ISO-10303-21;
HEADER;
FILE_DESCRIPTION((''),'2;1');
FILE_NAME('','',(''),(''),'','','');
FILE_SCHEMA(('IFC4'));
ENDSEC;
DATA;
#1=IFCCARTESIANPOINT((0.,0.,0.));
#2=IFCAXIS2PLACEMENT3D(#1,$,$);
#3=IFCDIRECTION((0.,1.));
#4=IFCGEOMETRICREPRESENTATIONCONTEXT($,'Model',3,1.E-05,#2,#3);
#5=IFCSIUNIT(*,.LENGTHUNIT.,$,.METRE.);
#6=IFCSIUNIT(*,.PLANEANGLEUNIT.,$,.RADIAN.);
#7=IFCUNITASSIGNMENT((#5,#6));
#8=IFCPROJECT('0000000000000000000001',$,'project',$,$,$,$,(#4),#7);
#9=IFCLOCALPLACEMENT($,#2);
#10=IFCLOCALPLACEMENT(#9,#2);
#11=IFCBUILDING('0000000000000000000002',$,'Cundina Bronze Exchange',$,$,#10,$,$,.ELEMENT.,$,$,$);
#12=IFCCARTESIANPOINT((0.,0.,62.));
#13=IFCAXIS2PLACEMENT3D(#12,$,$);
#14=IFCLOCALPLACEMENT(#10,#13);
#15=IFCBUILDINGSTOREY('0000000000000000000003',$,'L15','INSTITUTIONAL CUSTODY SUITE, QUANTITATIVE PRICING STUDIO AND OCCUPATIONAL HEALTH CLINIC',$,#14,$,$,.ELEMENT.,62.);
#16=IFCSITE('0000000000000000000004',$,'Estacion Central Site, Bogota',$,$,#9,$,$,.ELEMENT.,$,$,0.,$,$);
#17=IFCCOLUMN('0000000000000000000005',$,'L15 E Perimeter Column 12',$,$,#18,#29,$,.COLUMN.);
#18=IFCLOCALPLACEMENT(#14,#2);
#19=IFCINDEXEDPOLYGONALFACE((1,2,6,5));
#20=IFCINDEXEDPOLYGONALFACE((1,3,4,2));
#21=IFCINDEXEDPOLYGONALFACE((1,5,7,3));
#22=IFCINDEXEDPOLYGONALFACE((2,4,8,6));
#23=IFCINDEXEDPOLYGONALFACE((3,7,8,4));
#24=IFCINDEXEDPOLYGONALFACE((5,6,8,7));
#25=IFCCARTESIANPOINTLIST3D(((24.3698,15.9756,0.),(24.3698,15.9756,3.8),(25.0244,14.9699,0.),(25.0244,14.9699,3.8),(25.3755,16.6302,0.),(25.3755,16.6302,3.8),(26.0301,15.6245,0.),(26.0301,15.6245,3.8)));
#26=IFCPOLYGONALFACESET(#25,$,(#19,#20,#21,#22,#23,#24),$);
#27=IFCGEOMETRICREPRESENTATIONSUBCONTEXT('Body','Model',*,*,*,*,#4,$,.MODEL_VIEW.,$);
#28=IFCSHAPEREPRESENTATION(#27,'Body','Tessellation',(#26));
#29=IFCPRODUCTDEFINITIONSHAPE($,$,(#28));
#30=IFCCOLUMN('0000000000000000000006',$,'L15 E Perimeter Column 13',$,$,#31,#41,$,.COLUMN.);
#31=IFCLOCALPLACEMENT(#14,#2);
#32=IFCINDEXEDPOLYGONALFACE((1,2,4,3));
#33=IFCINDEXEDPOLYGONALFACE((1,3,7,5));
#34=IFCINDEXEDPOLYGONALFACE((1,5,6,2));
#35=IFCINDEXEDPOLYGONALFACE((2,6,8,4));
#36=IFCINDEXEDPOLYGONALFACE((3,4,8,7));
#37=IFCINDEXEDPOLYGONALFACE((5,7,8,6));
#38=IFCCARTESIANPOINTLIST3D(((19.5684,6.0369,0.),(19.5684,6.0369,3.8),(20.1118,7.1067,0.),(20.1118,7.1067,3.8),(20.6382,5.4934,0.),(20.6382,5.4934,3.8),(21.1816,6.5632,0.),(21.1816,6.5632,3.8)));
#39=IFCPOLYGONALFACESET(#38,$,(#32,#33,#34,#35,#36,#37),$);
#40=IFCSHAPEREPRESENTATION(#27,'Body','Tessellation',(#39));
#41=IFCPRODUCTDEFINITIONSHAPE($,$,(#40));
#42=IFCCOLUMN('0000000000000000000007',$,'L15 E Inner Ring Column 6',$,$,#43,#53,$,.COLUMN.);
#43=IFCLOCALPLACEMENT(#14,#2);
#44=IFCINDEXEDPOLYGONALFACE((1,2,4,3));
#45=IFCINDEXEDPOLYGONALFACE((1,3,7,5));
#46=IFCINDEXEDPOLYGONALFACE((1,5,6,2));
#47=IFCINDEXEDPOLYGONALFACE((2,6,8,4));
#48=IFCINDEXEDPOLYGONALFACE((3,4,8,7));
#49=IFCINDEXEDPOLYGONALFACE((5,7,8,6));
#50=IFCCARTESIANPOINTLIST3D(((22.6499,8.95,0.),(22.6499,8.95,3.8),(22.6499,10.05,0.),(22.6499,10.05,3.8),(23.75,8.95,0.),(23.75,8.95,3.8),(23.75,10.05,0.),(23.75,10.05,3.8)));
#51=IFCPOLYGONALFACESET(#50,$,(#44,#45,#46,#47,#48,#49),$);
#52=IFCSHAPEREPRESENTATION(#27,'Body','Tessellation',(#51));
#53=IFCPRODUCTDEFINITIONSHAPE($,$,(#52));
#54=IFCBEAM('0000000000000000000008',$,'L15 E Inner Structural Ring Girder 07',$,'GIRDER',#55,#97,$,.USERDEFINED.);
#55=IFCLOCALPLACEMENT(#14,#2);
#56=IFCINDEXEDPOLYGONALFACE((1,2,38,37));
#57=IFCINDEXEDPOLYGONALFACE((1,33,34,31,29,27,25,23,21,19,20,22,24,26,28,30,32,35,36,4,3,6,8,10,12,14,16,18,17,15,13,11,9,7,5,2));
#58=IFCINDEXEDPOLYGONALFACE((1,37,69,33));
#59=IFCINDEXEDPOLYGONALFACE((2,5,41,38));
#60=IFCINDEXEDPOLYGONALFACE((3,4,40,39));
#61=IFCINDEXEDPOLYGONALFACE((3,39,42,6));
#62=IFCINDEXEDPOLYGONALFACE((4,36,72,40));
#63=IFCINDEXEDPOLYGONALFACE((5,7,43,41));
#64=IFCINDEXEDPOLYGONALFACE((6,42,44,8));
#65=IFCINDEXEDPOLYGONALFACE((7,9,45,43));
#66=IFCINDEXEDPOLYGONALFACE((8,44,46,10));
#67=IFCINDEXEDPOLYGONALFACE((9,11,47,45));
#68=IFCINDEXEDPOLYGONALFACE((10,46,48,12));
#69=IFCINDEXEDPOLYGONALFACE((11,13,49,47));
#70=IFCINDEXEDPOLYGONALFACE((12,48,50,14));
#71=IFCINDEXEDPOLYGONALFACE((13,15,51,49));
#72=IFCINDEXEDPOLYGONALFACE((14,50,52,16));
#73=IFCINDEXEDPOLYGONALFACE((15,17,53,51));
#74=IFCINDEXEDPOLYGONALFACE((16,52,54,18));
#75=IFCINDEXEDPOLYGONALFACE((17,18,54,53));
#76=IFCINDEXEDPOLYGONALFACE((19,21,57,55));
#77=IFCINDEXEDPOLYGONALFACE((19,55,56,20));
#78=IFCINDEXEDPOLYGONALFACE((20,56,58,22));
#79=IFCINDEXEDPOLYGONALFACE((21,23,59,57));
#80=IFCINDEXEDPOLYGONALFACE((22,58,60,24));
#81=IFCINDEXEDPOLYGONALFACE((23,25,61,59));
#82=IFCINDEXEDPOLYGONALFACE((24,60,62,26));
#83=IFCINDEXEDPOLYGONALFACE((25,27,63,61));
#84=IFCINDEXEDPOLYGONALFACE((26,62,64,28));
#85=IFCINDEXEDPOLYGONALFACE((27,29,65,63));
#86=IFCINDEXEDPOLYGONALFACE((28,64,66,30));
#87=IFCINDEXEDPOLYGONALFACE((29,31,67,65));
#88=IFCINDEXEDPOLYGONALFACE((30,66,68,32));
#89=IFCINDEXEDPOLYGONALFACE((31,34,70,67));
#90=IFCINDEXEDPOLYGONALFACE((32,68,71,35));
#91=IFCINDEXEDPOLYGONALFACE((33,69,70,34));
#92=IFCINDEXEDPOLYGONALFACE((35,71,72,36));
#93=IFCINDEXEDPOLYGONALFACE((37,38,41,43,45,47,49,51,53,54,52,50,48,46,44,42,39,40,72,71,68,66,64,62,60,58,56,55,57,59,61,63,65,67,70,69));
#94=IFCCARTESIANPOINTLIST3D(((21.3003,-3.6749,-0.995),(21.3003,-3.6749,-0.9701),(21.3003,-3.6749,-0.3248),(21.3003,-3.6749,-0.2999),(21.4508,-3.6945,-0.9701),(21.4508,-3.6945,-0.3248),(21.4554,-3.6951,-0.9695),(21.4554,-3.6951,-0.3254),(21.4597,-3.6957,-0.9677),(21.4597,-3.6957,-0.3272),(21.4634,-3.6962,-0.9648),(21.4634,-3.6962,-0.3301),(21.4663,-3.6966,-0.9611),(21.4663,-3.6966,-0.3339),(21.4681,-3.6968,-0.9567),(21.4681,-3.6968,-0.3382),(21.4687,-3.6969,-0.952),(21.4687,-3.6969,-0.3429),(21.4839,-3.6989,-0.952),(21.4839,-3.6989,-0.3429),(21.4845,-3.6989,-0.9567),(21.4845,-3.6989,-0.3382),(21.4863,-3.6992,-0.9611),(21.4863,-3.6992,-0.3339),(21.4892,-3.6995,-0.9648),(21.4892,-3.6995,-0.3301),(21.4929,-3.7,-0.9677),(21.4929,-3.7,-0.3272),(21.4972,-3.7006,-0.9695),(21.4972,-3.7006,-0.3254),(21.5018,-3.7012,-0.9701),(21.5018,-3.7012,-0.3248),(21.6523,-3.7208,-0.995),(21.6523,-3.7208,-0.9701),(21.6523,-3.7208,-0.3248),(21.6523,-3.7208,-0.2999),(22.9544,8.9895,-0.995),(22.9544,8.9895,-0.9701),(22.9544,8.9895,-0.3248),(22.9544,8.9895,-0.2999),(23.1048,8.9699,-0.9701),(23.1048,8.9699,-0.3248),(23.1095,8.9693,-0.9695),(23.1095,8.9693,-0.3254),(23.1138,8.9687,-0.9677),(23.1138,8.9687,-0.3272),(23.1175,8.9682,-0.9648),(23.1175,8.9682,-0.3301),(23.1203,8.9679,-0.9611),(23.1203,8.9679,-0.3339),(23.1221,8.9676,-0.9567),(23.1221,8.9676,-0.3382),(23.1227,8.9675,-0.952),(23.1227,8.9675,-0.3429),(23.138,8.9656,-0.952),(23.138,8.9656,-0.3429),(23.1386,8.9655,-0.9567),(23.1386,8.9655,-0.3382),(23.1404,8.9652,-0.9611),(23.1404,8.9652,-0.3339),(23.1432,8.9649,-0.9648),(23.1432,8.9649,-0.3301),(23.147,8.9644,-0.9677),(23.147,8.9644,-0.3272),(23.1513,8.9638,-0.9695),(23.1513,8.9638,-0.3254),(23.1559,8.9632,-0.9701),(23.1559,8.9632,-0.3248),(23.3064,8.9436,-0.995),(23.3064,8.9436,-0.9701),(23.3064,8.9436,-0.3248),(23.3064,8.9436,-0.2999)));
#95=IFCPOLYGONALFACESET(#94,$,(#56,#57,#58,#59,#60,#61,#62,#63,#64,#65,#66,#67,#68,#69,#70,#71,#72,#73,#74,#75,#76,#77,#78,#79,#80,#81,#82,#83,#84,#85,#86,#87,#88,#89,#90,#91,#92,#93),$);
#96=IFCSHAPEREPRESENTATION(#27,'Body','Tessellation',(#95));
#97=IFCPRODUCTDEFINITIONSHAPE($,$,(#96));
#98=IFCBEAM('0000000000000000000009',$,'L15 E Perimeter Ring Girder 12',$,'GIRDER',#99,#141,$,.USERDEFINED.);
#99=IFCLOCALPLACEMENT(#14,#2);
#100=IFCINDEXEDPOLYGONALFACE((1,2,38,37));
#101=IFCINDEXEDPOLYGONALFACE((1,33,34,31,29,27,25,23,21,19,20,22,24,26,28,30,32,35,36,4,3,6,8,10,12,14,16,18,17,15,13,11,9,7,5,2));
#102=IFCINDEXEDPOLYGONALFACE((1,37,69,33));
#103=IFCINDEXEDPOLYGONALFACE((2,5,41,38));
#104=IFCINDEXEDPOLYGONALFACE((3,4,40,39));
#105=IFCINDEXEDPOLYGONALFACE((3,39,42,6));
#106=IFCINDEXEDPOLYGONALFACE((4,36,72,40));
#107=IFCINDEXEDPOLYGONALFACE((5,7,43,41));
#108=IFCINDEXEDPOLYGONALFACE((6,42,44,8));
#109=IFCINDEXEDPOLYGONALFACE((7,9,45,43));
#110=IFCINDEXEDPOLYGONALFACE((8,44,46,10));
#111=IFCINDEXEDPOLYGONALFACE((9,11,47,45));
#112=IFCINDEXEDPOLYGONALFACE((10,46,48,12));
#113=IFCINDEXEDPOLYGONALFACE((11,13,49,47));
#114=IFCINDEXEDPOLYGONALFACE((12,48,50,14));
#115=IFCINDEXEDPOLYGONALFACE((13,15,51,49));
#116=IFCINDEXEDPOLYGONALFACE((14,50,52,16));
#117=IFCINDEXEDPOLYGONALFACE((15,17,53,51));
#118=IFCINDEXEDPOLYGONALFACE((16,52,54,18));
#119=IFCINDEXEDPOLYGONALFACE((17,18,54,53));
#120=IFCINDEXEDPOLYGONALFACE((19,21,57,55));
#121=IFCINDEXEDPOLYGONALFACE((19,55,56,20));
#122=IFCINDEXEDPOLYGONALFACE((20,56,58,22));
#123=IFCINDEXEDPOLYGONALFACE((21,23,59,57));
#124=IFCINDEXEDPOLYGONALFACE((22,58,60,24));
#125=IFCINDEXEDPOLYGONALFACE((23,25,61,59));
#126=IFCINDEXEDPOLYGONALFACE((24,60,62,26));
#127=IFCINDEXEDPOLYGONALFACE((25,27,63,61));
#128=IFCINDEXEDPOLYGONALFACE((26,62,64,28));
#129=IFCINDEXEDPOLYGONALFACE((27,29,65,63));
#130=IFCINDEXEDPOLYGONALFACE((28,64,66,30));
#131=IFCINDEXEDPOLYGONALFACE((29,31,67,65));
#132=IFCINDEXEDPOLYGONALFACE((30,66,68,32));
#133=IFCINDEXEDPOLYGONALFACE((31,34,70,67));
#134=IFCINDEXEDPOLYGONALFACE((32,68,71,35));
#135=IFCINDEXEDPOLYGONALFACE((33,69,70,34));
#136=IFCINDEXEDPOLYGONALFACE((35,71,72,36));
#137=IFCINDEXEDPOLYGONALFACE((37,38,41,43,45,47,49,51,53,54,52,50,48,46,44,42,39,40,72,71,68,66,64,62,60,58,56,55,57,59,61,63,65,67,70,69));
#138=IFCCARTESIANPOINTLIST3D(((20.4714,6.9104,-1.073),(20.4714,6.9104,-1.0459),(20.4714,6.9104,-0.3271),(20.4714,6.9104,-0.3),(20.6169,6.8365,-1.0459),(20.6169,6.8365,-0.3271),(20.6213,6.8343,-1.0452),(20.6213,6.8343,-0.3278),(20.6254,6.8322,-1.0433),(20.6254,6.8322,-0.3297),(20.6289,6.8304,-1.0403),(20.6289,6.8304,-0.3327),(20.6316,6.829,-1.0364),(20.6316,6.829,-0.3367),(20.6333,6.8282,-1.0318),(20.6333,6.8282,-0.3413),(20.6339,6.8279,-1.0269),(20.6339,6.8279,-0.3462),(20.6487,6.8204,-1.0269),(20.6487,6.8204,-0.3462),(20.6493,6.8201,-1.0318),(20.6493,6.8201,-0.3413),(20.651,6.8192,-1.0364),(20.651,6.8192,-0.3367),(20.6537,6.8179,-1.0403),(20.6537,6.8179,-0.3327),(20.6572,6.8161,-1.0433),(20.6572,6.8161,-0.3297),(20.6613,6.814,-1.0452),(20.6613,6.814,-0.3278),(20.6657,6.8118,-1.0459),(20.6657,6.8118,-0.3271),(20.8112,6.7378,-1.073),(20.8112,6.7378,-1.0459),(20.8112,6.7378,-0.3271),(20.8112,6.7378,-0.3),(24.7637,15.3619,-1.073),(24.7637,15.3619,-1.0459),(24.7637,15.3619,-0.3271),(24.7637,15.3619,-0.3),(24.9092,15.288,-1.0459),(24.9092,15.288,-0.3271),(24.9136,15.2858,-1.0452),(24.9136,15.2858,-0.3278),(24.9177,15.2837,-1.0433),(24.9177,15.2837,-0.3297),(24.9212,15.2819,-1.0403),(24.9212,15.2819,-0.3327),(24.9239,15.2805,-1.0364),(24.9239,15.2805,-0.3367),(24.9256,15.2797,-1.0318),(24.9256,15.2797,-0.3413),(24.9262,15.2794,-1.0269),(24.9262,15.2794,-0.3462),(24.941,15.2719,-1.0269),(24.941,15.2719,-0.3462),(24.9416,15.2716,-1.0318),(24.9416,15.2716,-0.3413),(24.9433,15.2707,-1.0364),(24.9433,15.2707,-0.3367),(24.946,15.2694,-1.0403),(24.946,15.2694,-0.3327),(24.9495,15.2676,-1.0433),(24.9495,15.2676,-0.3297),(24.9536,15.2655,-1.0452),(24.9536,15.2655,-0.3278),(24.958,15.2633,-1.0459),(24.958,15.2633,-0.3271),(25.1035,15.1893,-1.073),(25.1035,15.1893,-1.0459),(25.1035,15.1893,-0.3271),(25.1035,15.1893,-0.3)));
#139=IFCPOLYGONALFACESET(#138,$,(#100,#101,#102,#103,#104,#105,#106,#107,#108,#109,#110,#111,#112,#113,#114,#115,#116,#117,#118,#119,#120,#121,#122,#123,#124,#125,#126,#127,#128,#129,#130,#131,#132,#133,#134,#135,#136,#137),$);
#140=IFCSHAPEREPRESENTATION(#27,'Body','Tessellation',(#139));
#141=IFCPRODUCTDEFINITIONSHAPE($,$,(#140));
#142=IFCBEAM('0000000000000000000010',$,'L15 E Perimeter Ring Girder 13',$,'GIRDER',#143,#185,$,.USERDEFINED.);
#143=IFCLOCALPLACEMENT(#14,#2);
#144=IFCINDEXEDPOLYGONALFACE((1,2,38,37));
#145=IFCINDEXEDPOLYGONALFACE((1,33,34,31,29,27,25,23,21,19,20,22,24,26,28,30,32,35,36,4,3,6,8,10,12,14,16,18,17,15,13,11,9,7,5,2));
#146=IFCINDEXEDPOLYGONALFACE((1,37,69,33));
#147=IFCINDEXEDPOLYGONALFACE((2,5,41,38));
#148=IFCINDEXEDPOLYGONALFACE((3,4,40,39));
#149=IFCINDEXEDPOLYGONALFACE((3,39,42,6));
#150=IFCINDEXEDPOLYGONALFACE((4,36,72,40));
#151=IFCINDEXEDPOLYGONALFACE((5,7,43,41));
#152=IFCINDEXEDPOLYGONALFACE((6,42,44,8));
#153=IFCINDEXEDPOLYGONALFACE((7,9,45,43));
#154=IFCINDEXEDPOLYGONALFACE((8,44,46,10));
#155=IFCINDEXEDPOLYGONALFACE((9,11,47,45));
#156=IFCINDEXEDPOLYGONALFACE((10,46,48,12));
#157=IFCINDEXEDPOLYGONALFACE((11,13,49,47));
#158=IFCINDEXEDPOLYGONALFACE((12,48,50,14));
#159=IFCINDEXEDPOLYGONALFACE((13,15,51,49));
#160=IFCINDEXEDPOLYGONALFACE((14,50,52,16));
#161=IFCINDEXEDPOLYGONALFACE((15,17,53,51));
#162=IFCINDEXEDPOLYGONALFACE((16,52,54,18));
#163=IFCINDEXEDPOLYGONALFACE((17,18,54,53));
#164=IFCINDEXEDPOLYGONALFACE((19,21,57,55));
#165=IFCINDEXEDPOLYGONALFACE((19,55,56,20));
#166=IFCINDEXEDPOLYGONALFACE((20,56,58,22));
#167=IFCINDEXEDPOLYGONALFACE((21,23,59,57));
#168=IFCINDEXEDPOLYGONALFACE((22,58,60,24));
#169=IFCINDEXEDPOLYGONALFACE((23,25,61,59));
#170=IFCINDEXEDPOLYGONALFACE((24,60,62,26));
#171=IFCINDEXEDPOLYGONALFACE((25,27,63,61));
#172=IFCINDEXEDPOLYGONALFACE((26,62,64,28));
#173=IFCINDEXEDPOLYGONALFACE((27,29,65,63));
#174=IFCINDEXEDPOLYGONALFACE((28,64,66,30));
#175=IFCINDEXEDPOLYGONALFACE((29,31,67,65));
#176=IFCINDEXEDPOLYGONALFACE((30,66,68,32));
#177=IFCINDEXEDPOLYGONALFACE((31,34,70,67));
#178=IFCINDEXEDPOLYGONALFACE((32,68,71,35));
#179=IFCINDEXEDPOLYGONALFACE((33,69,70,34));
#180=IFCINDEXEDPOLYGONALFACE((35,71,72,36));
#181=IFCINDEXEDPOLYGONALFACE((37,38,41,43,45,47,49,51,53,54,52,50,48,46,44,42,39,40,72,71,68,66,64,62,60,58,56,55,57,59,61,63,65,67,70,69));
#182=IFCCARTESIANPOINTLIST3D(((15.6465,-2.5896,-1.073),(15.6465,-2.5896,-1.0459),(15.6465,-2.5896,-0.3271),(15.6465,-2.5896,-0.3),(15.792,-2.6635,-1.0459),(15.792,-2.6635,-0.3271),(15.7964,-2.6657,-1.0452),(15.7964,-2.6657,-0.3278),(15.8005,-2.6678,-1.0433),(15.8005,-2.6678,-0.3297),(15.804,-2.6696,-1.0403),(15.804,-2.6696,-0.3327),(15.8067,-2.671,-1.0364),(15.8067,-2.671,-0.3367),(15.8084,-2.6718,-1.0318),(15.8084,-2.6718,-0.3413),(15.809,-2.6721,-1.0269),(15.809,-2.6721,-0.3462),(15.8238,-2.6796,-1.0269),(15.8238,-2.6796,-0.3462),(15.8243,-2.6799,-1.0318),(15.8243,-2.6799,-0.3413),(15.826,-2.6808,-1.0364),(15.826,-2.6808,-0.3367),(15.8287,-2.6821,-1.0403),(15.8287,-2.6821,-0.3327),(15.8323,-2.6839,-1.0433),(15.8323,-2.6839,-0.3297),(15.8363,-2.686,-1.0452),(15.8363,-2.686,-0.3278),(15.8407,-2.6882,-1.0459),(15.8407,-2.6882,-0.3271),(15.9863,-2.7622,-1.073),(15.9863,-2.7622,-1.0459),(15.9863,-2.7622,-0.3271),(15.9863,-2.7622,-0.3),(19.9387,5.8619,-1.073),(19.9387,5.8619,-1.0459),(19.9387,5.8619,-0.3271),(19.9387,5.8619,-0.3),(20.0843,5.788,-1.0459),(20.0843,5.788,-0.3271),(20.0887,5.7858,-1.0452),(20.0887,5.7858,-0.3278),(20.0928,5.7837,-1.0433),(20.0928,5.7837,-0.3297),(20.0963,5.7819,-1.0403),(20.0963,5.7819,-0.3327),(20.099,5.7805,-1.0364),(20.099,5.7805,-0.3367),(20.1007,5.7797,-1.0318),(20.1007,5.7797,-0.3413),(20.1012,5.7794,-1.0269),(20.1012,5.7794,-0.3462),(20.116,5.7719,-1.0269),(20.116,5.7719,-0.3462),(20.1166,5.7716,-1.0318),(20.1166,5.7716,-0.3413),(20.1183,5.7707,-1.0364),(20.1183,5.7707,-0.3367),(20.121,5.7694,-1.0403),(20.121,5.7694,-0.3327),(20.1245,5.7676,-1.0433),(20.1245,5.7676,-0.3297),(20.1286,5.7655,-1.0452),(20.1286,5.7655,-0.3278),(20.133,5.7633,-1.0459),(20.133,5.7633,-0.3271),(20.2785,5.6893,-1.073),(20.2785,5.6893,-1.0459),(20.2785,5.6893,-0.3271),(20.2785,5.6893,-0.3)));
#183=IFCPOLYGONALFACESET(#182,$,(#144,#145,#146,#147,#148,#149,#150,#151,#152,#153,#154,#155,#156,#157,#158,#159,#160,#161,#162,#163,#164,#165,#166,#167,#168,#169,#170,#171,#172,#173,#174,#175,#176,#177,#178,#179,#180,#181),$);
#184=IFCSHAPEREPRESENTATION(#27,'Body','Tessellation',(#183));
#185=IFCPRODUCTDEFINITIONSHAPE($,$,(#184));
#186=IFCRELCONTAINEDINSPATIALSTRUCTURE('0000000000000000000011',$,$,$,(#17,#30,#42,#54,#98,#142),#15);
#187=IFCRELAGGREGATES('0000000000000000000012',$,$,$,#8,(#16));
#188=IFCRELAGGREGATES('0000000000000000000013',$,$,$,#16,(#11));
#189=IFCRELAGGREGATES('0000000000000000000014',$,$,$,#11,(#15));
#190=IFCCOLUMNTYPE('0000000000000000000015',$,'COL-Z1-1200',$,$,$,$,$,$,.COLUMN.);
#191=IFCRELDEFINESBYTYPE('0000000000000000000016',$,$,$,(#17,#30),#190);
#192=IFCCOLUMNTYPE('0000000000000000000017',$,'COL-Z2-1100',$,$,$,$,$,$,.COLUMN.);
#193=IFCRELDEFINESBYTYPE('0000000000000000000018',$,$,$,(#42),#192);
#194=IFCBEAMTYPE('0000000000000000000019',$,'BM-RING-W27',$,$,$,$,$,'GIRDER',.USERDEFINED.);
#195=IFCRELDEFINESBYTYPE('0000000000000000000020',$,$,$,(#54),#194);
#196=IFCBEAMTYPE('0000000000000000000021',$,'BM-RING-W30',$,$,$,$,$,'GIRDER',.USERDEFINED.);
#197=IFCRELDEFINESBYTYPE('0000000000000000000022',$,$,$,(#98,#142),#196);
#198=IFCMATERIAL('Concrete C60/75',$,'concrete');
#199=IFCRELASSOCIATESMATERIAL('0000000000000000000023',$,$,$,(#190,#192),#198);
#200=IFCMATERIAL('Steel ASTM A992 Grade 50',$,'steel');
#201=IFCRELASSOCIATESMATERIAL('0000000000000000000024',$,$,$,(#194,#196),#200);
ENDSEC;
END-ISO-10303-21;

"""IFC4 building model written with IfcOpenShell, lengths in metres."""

from ifc_helpers import new_model, si_unit, direction, frame, origin, origin_2d, place, context, subcontext, project, spatial, rectangle, i_section, extrude, material, material_profile, profile_set, type_object, element, save


model = new_model("IFC4")

# Units and contexts
model_context = context("Model", 3, precision=1e-05, world=origin(), true_north=direction((0.0, 1.0)))
body_context = subcontext(model_context, "Body", "Model", "MODEL_VIEW")
ifc_project = project(units=[si_unit("LENGTHUNIT", "METRE"), si_unit("PLANEANGLEUNIT", "RADIAN")], contexts=[model_context])

# Site, building, storey
site_placement = place(None, origin())
site = spatial("IfcSite", under=ifc_project, at=site_placement, Name="Estacion Central Site, Bogota", CompositionType="ELEMENT", RefElevation=0.0)
building_placement = place(site_placement, origin())
building = spatial("IfcBuilding", under=site, at=building_placement, Name="Cundina Bronze Exchange", CompositionType="ELEMENT")
storey_placement = place(building_placement, frame((0.0, 0.0, 62.0)))
storey = spatial("IfcBuildingStorey", under=building, at=storey_placement, Name="L15", Description="INSTITUTIONAL CUSTODY SUITE, QUANTITATIVE PRICING STUDIO AND OCCUPATIONAL HEALTH CLINIC", CompositionType="ELEMENT", Elevation=62.0)

# Columns
ifc_material_1 = material(Name="Concrete C60/75", Category="concrete")
ifc_material_profile_1 = material_profile(ifc_material_1, rectangle(XDim=1.2, YDim=1.2, at=origin_2d()), Name="RC1200X1200", Category="concrete")
ifc_profile_set_1 = profile_set([ifc_material_profile_1], Name="Concrete C60/75")
column_type_1 = type_object("IfcColumnType", Name="COL-Z1-1200", PredefinedType="COLUMN", material=ifc_profile_set_1)
for number, where, z_axis, x_axis, name in (
    (1, (25.2, 15.8, 0.0), (0.0, 0.0, 1.0), (-0.8381, -0.545517, 0.0), "L15 E Perimeter Column 12"),
    (2, (20.375, 6.3, 0.0), (0.0, 0.0, 1.0), (-0.452902, -0.891561, 0.0), "L15 E Perimeter Column 13"),
):
    element("IfcColumn", number, at=place(storey_placement, frame(where, z_axis=z_axis, x_axis=x_axis)), inside=storey, type_object=column_type_1, Name=name, PredefinedType="COLUMN", context=body_context, shape_type="SweptSolid", body=[
        extrude(rectangle(XDim=1.2, YDim=1.2, at=origin_2d()), origin(), (0.0, 0.0, 1.0), 3.8),
    ])
ifc_material_profile_2 = material_profile(ifc_material_1, rectangle(XDim=1.1001, YDim=1.1001, at=origin_2d()), Name="RC1100X1100", Category="concrete")
ifc_profile_set_2 = profile_set([ifc_material_profile_2], Name="Concrete C60/75")
column_type_2 = type_object("IfcColumnType", Name="COL-Z2-1100", PredefinedType="COLUMN", material=ifc_profile_set_2)
column_placement = place(storey_placement, frame((23.2, 9.5, 0.0), z_axis=(0.0, 0.0, 1.0), x_axis=(1.0, 0.0, 0.0)))
element("IfcColumn", 3, at=column_placement, inside=storey, type_object=column_type_2, Name="L15 E Inner Ring Column 6", PredefinedType="COLUMN", context=body_context, shape_type="SweptSolid", body=[
    extrude(rectangle(XDim=1.1001, YDim=1.1001, at=origin_2d()), origin(), (0.0, 0.0, 1.0), 3.8),
])

# Beams
ifc_material_2 = material(Name="Steel ASTM A992 Grade 50", Category="steel")
ifc_material_profile_3 = material_profile(ifc_material_2, i_section(OverallWidth=0.355, OverallDepth=0.6951, WebThickness=0.0154, FlangeThickness=0.0249, FilletRadius=0.0181, at=origin_2d()), Name="W27X146", Category="steel")
ifc_profile_set_3 = profile_set([ifc_material_profile_3], Name="Steel ASTM A992 Grade 50")
beam_type_1 = type_object("IfcBeamType", Name="BM-RING-W27", ElementType="GIRDER", PredefinedType="USERDEFINED", material=ifc_profile_set_3)
beam_placement = place(storey_placement, frame((23.1304, 8.9666, -0.6475), z_axis=(-0.129508, -0.991578, 0.0), x_axis=(0.991578, -0.129508, 0.0)))
element("IfcBeam", 4, at=beam_placement, inside=storey, type_object=beam_type_1, Name="L15 E Inner Structural Ring Girder 07", ObjectType="GIRDER", PredefinedType="USERDEFINED", context=body_context, shape_type="SweptSolid", body=[
    extrude(i_section(OverallWidth=0.355, OverallDepth=0.6951, WebThickness=0.0154, FlangeThickness=0.0249, FilletRadius=0.0181, at=origin_2d()), origin(), (0.0, 0.0, 1.0), 12.772),
])
ifc_material_profile_4 = material_profile(ifc_material_2, i_section(OverallWidth=0.3811, OverallDepth=0.7729, WebThickness=0.0166, FlangeThickness=0.0271, FilletRadius=0.019, at=origin_2d()), Name="W30X173", Category="steel")
ifc_profile_set_4 = profile_set([ifc_material_profile_4], Name="Steel ASTM A992 Grade 50")
beam_type_2 = type_object("IfcBeamType", Name="BM-RING-W30", ElementType="GIRDER", PredefinedType="USERDEFINED", material=ifc_profile_set_4)
for number, where, z_axis, x_axis, name in (
    (5, (24.9336, 15.2756, -0.6865), (-0.45282, -0.891602, 0.0), (0.891602, -0.45282, 0.0), "L15 E Perimeter Ring Girder 12"),
    (6, (20.1086, 5.7756, -0.6865), (-0.45282, -0.891602, 0.0), (0.891602, -0.45282, 0.0), "L15 E Perimeter Ring Girder 13"),
):
    element("IfcBeam", number, at=place(storey_placement, frame(where, z_axis=z_axis, x_axis=x_axis)), inside=storey, type_object=beam_type_2, Name=name, ObjectType="GIRDER", PredefinedType="USERDEFINED", context=body_context, shape_type="SweptSolid", body=[
        extrude(i_section(OverallWidth=0.3811, OverallDepth=0.7729, WebThickness=0.0166, FlangeThickness=0.0271, FilletRadius=0.019, at=origin_2d()), origin(), (0.0, 0.0, 1.0), 9.479),
    ])

save(model, "model.ifc")
